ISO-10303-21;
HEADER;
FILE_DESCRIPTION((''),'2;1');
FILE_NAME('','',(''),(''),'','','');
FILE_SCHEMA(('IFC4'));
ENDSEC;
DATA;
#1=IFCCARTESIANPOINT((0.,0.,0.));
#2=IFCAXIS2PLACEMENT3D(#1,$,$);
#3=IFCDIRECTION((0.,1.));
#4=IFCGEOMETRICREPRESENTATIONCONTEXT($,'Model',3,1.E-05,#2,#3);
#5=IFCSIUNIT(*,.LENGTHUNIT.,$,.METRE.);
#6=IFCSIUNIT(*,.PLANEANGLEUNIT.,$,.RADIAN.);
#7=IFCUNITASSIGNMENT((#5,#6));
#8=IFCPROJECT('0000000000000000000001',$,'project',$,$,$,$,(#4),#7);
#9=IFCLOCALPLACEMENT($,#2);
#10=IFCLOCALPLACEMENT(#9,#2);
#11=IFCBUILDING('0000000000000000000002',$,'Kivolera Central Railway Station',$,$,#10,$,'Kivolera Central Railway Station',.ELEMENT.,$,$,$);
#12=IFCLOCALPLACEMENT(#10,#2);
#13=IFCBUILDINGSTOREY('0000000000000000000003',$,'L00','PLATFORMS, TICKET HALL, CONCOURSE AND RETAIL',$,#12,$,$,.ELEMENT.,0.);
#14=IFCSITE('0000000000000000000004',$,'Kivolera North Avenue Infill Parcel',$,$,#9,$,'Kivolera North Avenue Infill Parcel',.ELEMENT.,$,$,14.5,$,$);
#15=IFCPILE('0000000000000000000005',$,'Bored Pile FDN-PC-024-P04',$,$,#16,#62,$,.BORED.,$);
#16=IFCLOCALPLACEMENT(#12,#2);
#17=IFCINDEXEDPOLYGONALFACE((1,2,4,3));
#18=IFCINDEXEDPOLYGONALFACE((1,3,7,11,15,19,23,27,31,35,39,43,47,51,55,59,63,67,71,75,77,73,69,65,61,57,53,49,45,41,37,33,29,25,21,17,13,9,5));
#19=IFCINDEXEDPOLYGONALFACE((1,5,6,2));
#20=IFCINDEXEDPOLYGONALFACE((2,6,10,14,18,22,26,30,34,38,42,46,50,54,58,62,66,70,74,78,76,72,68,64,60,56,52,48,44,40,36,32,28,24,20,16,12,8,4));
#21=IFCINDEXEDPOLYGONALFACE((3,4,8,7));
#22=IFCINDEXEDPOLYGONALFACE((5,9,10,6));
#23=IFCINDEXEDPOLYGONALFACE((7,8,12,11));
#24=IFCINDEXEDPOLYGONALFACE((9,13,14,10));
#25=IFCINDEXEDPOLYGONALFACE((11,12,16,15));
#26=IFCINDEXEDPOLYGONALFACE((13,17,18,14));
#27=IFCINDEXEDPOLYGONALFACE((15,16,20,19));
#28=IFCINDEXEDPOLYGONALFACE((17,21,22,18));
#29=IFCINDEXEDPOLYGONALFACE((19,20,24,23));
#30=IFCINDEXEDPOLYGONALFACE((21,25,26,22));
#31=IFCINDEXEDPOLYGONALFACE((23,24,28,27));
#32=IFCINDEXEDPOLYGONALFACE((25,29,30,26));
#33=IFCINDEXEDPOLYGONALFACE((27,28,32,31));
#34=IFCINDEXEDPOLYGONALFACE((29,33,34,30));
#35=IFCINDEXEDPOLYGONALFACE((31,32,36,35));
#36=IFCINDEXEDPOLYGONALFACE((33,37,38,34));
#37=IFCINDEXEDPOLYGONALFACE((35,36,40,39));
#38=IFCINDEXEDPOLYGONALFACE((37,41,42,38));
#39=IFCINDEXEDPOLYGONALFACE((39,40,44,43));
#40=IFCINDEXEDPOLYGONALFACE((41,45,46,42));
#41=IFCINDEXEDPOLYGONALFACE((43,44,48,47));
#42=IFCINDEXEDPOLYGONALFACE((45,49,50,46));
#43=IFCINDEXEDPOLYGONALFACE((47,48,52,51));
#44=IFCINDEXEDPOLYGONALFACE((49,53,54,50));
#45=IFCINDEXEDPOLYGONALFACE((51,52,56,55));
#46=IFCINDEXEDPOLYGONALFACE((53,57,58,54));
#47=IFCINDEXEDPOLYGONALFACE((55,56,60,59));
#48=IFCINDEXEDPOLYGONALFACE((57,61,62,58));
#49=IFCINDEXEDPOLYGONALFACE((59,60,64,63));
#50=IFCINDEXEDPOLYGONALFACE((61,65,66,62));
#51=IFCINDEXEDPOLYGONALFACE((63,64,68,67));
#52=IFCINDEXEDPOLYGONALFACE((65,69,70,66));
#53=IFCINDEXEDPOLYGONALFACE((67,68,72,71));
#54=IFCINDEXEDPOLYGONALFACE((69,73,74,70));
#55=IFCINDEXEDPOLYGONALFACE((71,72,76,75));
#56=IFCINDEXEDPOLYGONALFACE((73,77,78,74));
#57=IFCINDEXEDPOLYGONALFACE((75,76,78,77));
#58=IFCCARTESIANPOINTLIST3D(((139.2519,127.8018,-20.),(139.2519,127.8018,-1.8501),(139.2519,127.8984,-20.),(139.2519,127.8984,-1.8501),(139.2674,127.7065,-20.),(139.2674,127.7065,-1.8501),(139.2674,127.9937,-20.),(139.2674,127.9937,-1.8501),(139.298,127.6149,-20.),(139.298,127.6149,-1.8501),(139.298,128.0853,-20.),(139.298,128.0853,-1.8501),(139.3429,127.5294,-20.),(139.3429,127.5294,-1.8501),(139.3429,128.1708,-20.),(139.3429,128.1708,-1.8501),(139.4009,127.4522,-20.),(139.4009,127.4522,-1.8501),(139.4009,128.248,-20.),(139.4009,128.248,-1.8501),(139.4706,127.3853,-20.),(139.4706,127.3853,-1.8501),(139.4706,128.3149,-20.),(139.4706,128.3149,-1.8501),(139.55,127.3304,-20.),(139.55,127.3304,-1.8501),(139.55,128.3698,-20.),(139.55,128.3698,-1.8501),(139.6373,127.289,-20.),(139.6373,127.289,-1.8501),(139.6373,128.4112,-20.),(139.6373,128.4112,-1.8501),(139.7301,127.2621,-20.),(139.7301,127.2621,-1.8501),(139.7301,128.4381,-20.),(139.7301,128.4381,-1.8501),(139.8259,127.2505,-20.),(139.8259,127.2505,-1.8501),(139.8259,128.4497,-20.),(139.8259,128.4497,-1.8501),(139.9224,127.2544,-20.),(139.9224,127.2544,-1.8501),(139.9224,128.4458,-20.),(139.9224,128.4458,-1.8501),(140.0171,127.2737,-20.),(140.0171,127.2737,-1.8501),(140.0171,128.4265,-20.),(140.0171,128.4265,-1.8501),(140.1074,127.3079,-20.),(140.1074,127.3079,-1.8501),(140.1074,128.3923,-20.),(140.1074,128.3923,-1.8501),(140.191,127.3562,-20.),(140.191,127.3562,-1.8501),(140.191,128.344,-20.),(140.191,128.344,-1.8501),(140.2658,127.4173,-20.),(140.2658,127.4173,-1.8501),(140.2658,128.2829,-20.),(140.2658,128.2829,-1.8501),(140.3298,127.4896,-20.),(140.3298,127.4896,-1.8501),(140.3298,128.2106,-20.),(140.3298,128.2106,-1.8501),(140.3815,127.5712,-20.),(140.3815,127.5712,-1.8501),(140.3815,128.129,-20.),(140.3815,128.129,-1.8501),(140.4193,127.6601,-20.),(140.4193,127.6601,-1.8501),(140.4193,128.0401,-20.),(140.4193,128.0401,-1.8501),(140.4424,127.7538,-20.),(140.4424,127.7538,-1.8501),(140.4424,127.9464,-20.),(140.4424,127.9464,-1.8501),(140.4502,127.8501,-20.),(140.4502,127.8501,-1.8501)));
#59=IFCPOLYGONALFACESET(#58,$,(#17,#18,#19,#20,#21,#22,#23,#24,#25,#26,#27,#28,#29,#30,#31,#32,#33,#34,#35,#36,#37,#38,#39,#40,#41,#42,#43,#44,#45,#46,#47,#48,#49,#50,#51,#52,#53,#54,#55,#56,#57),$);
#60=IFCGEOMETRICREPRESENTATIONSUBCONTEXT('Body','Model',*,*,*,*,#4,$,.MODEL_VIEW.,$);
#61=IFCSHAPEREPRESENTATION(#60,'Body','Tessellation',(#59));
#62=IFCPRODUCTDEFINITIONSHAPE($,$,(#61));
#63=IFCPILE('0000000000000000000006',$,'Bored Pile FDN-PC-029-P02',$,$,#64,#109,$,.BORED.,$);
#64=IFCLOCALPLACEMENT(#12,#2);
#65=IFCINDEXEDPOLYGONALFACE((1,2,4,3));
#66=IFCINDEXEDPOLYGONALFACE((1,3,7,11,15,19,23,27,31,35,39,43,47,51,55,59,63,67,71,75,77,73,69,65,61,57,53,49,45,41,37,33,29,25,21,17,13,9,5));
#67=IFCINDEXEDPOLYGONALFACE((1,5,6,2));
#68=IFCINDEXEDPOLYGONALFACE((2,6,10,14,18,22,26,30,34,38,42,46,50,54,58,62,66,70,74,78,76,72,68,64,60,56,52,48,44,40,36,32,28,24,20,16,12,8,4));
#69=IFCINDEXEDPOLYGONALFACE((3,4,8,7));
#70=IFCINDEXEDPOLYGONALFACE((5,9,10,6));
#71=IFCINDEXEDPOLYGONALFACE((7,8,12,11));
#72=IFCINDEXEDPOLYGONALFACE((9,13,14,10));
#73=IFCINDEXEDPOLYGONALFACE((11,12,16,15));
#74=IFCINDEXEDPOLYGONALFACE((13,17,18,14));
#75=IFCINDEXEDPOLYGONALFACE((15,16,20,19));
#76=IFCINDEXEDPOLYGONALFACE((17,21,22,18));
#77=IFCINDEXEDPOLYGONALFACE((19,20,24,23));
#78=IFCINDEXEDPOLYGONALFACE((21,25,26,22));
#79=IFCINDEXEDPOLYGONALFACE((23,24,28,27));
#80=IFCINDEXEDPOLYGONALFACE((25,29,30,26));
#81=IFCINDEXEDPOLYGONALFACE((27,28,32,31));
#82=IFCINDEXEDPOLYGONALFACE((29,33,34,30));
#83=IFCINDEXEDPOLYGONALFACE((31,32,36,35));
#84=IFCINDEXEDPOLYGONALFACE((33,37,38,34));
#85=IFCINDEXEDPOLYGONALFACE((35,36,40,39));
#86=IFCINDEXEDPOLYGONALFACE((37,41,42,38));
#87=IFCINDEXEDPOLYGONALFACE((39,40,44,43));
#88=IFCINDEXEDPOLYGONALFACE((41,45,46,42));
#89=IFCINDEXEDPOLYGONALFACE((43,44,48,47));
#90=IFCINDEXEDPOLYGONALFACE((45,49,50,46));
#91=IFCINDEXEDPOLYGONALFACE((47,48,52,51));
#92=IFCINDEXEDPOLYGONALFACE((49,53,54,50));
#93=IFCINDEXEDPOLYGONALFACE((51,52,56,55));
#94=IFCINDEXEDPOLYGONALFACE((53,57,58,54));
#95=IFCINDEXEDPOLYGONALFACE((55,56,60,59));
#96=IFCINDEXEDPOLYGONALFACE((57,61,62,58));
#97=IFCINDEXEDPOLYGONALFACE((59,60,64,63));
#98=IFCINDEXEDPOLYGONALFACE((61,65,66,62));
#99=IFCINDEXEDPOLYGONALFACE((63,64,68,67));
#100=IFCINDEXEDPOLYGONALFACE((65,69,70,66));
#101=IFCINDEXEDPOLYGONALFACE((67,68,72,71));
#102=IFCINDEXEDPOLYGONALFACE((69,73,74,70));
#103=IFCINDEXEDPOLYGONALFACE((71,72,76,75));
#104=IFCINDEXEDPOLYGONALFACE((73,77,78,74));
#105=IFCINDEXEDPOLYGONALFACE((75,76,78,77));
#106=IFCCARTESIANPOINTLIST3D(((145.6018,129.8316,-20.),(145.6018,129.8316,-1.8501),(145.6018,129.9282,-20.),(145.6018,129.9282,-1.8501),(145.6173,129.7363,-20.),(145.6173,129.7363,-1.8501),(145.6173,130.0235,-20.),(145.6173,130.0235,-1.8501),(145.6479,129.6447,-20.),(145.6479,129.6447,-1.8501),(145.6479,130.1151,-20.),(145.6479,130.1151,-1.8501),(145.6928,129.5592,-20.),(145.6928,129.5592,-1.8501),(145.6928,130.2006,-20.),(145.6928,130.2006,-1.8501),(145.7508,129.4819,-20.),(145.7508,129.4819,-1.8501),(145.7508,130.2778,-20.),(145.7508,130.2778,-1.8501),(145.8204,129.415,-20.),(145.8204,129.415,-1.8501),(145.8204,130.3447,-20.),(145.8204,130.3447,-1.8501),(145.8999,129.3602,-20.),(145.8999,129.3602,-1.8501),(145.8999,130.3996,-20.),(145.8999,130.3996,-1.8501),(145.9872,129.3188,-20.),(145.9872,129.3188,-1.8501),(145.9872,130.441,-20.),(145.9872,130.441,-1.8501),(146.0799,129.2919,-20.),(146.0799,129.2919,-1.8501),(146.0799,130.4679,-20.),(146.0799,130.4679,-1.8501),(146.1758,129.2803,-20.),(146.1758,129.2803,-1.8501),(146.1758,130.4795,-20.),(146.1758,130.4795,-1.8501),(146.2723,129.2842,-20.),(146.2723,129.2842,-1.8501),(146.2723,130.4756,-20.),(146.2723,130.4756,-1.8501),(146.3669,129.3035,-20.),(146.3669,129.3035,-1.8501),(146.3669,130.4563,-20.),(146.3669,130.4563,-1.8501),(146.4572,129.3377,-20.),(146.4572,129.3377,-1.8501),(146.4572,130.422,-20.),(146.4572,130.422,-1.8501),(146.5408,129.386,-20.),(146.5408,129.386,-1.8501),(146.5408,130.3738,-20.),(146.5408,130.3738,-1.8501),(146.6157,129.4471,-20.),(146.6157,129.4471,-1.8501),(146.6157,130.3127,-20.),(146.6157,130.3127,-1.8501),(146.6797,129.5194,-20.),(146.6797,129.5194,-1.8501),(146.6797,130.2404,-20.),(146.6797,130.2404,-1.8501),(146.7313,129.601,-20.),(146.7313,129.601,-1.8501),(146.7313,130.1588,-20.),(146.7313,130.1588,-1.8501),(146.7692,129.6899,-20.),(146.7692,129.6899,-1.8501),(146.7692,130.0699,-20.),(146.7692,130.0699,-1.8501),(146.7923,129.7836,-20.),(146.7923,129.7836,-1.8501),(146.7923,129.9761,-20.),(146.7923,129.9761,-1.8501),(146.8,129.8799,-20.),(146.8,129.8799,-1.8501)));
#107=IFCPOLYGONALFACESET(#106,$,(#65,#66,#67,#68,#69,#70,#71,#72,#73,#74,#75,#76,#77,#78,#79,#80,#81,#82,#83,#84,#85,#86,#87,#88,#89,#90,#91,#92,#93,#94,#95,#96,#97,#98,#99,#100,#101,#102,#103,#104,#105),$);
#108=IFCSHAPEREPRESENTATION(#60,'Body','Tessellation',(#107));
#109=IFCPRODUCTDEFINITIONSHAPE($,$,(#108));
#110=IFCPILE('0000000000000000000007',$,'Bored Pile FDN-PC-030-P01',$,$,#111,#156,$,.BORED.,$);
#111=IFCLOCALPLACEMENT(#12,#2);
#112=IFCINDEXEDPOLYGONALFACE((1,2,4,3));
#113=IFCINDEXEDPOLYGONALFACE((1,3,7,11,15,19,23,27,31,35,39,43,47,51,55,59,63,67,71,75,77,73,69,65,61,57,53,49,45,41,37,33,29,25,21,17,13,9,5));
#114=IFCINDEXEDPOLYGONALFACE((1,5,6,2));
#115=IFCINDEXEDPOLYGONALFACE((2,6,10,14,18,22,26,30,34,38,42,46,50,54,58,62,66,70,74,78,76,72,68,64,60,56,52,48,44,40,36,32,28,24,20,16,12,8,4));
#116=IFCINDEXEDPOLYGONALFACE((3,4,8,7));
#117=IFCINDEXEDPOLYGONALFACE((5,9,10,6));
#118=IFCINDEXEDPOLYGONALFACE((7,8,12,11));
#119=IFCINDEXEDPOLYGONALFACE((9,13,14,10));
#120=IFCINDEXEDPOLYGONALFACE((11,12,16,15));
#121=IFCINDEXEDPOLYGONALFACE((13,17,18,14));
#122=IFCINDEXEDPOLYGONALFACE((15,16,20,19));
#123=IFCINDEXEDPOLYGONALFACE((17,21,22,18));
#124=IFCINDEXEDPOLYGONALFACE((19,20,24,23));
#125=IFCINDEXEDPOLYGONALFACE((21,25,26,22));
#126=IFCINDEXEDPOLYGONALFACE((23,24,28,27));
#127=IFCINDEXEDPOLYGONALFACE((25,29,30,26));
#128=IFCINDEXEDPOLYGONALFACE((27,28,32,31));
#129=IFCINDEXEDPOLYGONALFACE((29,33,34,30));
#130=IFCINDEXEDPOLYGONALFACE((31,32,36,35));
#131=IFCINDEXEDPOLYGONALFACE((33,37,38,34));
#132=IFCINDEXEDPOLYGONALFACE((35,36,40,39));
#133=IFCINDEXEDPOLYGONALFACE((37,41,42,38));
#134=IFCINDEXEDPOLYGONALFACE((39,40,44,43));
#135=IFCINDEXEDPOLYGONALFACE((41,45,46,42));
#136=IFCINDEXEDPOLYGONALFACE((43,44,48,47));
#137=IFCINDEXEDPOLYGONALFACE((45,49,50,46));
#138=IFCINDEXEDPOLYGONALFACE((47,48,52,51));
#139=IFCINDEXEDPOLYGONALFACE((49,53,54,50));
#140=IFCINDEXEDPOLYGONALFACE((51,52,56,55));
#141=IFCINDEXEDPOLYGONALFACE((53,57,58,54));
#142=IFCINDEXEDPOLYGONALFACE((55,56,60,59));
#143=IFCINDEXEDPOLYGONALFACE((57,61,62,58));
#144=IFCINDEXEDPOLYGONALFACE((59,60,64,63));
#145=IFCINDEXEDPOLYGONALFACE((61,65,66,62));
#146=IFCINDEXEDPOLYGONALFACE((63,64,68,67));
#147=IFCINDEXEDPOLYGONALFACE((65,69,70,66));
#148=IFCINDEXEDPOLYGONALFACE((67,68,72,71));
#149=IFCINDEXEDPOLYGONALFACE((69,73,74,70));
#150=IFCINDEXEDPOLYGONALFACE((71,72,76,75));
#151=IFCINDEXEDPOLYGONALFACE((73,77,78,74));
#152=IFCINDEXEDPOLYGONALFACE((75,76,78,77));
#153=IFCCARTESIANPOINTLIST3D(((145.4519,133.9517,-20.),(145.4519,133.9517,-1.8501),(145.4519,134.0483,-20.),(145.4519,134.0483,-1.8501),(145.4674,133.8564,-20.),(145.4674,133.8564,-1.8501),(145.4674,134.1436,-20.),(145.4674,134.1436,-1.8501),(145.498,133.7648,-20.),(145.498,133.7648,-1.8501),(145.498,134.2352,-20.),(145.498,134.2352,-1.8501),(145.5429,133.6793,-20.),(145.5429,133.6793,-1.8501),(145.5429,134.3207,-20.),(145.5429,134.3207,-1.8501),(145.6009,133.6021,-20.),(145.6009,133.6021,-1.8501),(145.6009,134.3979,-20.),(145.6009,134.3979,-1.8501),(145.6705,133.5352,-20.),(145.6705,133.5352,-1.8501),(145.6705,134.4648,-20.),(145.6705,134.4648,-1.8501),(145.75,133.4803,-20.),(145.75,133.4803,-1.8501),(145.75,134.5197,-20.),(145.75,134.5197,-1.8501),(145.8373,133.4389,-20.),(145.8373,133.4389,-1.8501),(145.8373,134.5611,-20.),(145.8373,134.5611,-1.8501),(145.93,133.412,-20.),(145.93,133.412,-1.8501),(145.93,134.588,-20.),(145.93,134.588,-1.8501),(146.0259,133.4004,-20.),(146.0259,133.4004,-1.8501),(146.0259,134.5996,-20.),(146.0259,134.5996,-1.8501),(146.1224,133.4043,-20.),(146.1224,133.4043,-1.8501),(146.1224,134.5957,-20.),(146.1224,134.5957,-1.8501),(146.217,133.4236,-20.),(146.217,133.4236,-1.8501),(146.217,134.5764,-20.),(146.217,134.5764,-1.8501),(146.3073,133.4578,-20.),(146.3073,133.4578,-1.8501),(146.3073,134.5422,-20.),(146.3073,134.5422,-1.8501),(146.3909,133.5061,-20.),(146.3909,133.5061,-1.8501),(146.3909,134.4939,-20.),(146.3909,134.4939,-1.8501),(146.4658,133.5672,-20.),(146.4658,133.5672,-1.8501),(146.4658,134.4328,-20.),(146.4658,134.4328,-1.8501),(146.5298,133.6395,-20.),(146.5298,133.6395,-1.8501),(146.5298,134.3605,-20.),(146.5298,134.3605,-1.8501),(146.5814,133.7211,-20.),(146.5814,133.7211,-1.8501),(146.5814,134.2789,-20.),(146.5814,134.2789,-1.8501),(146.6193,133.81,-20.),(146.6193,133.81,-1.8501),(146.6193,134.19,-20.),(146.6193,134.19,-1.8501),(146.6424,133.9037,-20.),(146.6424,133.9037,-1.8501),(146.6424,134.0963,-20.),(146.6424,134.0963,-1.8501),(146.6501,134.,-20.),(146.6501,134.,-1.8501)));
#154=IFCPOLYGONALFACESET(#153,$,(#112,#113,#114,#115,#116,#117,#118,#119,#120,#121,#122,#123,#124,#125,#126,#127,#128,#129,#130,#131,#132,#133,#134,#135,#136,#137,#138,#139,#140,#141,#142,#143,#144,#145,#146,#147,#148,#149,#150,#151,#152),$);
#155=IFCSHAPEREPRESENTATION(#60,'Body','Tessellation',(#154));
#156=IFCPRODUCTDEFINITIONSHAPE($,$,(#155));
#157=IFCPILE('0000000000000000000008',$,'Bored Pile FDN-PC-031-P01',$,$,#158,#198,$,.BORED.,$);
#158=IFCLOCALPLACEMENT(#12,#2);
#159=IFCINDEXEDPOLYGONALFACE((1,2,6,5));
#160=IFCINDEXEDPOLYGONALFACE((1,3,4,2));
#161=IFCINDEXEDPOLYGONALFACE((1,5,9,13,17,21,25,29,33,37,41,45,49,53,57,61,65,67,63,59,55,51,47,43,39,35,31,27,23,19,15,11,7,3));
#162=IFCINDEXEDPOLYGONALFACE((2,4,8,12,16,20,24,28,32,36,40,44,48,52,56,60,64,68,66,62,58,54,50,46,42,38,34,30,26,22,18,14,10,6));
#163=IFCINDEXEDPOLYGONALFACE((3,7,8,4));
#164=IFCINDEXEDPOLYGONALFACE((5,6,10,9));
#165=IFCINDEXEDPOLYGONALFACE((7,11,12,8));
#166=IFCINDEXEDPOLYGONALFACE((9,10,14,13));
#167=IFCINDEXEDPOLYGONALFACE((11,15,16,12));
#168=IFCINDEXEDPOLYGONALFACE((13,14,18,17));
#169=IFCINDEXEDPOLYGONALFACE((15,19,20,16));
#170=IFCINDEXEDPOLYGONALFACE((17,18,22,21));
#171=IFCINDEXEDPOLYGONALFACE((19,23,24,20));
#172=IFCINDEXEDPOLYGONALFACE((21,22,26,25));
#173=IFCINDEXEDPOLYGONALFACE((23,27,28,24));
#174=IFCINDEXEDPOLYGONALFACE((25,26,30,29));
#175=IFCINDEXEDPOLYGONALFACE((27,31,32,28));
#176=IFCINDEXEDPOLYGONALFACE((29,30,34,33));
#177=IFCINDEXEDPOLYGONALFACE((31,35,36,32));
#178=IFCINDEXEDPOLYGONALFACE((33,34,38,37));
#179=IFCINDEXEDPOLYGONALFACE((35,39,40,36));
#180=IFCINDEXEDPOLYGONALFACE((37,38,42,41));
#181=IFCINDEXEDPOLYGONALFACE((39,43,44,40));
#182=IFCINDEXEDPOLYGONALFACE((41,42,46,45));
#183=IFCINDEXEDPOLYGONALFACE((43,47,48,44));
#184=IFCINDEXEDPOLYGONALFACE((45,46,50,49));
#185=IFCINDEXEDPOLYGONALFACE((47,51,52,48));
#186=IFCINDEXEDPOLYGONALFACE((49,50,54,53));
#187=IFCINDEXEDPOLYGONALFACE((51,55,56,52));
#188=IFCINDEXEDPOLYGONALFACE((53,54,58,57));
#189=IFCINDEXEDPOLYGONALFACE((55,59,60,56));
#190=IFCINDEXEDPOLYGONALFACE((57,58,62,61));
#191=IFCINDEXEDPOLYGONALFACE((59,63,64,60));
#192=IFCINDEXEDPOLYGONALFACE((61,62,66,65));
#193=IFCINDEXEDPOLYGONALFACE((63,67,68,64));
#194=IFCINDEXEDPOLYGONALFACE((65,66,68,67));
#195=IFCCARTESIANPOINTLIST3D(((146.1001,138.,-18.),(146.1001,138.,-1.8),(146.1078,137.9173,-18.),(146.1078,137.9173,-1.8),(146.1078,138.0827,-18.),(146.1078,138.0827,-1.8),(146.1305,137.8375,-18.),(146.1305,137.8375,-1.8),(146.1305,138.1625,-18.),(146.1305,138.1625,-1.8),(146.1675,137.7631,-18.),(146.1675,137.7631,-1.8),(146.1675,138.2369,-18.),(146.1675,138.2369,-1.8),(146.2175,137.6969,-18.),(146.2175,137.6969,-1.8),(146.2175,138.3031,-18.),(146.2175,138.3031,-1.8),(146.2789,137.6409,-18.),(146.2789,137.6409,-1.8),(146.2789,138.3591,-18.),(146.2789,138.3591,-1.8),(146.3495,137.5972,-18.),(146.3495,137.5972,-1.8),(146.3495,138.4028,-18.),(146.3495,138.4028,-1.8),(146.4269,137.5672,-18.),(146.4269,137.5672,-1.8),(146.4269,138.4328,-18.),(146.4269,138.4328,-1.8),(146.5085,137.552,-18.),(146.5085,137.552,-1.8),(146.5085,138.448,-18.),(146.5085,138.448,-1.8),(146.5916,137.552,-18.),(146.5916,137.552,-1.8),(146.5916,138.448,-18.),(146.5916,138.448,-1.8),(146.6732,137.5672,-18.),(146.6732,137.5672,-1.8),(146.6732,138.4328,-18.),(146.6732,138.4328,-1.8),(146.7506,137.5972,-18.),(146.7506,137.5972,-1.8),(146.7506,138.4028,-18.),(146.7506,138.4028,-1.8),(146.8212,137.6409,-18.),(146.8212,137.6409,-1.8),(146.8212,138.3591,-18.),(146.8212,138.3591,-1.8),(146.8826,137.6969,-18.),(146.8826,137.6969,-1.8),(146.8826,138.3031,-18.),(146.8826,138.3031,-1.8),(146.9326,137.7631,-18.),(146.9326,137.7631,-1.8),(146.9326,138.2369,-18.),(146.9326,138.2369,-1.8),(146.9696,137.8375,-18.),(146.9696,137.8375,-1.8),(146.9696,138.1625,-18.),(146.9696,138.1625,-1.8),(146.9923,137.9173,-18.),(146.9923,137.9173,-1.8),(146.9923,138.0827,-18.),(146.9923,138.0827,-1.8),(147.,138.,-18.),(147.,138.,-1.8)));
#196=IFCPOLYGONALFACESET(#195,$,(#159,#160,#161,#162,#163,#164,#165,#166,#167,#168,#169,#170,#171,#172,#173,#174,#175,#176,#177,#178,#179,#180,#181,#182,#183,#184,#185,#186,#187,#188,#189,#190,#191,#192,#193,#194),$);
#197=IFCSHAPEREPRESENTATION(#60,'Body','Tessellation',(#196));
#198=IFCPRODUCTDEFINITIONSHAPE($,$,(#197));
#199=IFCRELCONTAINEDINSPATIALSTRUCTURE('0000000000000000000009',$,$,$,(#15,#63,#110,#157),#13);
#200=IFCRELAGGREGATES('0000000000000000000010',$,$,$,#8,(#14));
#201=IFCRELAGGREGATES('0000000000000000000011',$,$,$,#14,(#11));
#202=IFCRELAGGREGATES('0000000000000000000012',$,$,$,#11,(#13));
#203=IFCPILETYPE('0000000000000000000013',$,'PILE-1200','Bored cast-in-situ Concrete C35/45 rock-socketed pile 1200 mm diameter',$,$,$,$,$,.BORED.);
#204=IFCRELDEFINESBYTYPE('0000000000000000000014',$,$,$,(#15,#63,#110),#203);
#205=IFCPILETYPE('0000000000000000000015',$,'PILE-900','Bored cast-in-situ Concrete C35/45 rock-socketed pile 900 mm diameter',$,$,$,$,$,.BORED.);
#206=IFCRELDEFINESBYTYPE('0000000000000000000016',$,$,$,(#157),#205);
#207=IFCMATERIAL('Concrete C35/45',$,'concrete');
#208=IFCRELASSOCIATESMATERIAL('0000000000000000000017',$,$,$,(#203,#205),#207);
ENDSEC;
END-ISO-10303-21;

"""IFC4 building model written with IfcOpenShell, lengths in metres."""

from ifc_helpers import new_model, si_unit, direction, frame, origin, origin_2d, place, context, subcontext, project, spatial, circle, extrude, material, material_profile, profile_set, type_object, element, save


model = new_model("IFC4")

# Units and contexts
model_context = context("Model", 3, precision=1e-05, world=origin(), true_north=direction((0.0, 1.0)))
body_context = subcontext(model_context, "Body", "Model", "MODEL_VIEW")
ifc_project = project(units=[si_unit("LENGTHUNIT", "METRE"), si_unit("PLANEANGLEUNIT", "RADIAN")], contexts=[model_context])

# Site, building, storey
site_placement = place(None, origin())
site = spatial("IfcSite", under=ifc_project, at=site_placement, Name="Kivolera North Avenue Infill Parcel", LongName="Kivolera North Avenue Infill Parcel", CompositionType="ELEMENT", RefElevation=14.5)
building_placement = place(site_placement, origin())
building = spatial("IfcBuilding", under=site, at=building_placement, Name="Kivolera Central Railway Station", LongName="Kivolera Central Railway Station", CompositionType="ELEMENT")
storey_placement = place(building_placement, origin())
storey = spatial("IfcBuildingStorey", under=building, at=storey_placement, Name="L00", Description="PLATFORMS, TICKET HALL, CONCOURSE AND RETAIL", CompositionType="ELEMENT", Elevation=0.0)

# Shared definitions
ifc_material_1 = material(Name="Concrete C35/45", Category="concrete")

# Piles
ifc_material_profile_1 = material_profile(ifc_material_1, circle(Radius=0.6001, at=origin_2d()), Name="PILE D1200")
ifc_profile_set_1 = profile_set([ifc_material_profile_1], Name="Concrete C35/45")
pile_type_1 = type_object("IfcPileType", Name="PILE-1200", Description="Bored cast-in-situ Concrete C35/45 rock-socketed pile 1200 mm diameter", PredefinedType="BORED", material=ifc_profile_set_1)
for number, where, z_axis, x_axis, name in (
    (1, (139.8501, 127.8501, -1.8501), (0.0, 0.0, -1.0), (1.0, 0.0, 0.0), "Bored Pile FDN-PC-024-P04"),
    (2, (146.2, 129.8799, -1.8501), (0.0, 0.0, -1.0), (1.0, 0.0, 0.0), "Bored Pile FDN-PC-029-P02"),
    (3, (146.05, 134.0, -1.8501), (0.0, 0.0, -1.0), (1.0, 0.0, 0.0), "Bored Pile FDN-PC-030-P01"),
):
    element("IfcPile", number, at=place(storey_placement, frame(where, z_axis=z_axis, x_axis=x_axis)), inside=storey, type_object=pile_type_1, Name=name, PredefinedType="BORED", context=body_context, shape_type="SweptSolid", body=[
        extrude(circle(Radius=0.6001, at=origin_2d()), origin(), (0.0, 0.0, 1.0), 18.1499),
    ])
ifc_material_profile_2 = material_profile(ifc_material_1, circle(Radius=0.45, at=origin_2d()), Name="PILE D900")
ifc_profile_set_2 = profile_set([ifc_material_profile_2], Name="Concrete C35/45")
pile_type_2 = type_object("IfcPileType", Name="PILE-900", Description="Bored cast-in-situ Concrete C35/45 rock-socketed pile 900 mm diameter", PredefinedType="BORED", material=ifc_profile_set_2)
pile_placement = place(storey_placement, frame((146.55, 138.0, -1.8), z_axis=(0.0, 0.0, -1.0), x_axis=(1.0, 0.0, 0.0)))
element("IfcPile", 4, at=pile_placement, inside=storey, type_object=pile_type_2, Name="Bored Pile FDN-PC-031-P01", PredefinedType="BORED", context=body_context, shape_type="SweptSolid", body=[
    extrude(circle(Radius=0.45, at=origin_2d()), origin(), (0.0, 0.0, 1.0), 16.2),
])

save(model, "model.ifc")
